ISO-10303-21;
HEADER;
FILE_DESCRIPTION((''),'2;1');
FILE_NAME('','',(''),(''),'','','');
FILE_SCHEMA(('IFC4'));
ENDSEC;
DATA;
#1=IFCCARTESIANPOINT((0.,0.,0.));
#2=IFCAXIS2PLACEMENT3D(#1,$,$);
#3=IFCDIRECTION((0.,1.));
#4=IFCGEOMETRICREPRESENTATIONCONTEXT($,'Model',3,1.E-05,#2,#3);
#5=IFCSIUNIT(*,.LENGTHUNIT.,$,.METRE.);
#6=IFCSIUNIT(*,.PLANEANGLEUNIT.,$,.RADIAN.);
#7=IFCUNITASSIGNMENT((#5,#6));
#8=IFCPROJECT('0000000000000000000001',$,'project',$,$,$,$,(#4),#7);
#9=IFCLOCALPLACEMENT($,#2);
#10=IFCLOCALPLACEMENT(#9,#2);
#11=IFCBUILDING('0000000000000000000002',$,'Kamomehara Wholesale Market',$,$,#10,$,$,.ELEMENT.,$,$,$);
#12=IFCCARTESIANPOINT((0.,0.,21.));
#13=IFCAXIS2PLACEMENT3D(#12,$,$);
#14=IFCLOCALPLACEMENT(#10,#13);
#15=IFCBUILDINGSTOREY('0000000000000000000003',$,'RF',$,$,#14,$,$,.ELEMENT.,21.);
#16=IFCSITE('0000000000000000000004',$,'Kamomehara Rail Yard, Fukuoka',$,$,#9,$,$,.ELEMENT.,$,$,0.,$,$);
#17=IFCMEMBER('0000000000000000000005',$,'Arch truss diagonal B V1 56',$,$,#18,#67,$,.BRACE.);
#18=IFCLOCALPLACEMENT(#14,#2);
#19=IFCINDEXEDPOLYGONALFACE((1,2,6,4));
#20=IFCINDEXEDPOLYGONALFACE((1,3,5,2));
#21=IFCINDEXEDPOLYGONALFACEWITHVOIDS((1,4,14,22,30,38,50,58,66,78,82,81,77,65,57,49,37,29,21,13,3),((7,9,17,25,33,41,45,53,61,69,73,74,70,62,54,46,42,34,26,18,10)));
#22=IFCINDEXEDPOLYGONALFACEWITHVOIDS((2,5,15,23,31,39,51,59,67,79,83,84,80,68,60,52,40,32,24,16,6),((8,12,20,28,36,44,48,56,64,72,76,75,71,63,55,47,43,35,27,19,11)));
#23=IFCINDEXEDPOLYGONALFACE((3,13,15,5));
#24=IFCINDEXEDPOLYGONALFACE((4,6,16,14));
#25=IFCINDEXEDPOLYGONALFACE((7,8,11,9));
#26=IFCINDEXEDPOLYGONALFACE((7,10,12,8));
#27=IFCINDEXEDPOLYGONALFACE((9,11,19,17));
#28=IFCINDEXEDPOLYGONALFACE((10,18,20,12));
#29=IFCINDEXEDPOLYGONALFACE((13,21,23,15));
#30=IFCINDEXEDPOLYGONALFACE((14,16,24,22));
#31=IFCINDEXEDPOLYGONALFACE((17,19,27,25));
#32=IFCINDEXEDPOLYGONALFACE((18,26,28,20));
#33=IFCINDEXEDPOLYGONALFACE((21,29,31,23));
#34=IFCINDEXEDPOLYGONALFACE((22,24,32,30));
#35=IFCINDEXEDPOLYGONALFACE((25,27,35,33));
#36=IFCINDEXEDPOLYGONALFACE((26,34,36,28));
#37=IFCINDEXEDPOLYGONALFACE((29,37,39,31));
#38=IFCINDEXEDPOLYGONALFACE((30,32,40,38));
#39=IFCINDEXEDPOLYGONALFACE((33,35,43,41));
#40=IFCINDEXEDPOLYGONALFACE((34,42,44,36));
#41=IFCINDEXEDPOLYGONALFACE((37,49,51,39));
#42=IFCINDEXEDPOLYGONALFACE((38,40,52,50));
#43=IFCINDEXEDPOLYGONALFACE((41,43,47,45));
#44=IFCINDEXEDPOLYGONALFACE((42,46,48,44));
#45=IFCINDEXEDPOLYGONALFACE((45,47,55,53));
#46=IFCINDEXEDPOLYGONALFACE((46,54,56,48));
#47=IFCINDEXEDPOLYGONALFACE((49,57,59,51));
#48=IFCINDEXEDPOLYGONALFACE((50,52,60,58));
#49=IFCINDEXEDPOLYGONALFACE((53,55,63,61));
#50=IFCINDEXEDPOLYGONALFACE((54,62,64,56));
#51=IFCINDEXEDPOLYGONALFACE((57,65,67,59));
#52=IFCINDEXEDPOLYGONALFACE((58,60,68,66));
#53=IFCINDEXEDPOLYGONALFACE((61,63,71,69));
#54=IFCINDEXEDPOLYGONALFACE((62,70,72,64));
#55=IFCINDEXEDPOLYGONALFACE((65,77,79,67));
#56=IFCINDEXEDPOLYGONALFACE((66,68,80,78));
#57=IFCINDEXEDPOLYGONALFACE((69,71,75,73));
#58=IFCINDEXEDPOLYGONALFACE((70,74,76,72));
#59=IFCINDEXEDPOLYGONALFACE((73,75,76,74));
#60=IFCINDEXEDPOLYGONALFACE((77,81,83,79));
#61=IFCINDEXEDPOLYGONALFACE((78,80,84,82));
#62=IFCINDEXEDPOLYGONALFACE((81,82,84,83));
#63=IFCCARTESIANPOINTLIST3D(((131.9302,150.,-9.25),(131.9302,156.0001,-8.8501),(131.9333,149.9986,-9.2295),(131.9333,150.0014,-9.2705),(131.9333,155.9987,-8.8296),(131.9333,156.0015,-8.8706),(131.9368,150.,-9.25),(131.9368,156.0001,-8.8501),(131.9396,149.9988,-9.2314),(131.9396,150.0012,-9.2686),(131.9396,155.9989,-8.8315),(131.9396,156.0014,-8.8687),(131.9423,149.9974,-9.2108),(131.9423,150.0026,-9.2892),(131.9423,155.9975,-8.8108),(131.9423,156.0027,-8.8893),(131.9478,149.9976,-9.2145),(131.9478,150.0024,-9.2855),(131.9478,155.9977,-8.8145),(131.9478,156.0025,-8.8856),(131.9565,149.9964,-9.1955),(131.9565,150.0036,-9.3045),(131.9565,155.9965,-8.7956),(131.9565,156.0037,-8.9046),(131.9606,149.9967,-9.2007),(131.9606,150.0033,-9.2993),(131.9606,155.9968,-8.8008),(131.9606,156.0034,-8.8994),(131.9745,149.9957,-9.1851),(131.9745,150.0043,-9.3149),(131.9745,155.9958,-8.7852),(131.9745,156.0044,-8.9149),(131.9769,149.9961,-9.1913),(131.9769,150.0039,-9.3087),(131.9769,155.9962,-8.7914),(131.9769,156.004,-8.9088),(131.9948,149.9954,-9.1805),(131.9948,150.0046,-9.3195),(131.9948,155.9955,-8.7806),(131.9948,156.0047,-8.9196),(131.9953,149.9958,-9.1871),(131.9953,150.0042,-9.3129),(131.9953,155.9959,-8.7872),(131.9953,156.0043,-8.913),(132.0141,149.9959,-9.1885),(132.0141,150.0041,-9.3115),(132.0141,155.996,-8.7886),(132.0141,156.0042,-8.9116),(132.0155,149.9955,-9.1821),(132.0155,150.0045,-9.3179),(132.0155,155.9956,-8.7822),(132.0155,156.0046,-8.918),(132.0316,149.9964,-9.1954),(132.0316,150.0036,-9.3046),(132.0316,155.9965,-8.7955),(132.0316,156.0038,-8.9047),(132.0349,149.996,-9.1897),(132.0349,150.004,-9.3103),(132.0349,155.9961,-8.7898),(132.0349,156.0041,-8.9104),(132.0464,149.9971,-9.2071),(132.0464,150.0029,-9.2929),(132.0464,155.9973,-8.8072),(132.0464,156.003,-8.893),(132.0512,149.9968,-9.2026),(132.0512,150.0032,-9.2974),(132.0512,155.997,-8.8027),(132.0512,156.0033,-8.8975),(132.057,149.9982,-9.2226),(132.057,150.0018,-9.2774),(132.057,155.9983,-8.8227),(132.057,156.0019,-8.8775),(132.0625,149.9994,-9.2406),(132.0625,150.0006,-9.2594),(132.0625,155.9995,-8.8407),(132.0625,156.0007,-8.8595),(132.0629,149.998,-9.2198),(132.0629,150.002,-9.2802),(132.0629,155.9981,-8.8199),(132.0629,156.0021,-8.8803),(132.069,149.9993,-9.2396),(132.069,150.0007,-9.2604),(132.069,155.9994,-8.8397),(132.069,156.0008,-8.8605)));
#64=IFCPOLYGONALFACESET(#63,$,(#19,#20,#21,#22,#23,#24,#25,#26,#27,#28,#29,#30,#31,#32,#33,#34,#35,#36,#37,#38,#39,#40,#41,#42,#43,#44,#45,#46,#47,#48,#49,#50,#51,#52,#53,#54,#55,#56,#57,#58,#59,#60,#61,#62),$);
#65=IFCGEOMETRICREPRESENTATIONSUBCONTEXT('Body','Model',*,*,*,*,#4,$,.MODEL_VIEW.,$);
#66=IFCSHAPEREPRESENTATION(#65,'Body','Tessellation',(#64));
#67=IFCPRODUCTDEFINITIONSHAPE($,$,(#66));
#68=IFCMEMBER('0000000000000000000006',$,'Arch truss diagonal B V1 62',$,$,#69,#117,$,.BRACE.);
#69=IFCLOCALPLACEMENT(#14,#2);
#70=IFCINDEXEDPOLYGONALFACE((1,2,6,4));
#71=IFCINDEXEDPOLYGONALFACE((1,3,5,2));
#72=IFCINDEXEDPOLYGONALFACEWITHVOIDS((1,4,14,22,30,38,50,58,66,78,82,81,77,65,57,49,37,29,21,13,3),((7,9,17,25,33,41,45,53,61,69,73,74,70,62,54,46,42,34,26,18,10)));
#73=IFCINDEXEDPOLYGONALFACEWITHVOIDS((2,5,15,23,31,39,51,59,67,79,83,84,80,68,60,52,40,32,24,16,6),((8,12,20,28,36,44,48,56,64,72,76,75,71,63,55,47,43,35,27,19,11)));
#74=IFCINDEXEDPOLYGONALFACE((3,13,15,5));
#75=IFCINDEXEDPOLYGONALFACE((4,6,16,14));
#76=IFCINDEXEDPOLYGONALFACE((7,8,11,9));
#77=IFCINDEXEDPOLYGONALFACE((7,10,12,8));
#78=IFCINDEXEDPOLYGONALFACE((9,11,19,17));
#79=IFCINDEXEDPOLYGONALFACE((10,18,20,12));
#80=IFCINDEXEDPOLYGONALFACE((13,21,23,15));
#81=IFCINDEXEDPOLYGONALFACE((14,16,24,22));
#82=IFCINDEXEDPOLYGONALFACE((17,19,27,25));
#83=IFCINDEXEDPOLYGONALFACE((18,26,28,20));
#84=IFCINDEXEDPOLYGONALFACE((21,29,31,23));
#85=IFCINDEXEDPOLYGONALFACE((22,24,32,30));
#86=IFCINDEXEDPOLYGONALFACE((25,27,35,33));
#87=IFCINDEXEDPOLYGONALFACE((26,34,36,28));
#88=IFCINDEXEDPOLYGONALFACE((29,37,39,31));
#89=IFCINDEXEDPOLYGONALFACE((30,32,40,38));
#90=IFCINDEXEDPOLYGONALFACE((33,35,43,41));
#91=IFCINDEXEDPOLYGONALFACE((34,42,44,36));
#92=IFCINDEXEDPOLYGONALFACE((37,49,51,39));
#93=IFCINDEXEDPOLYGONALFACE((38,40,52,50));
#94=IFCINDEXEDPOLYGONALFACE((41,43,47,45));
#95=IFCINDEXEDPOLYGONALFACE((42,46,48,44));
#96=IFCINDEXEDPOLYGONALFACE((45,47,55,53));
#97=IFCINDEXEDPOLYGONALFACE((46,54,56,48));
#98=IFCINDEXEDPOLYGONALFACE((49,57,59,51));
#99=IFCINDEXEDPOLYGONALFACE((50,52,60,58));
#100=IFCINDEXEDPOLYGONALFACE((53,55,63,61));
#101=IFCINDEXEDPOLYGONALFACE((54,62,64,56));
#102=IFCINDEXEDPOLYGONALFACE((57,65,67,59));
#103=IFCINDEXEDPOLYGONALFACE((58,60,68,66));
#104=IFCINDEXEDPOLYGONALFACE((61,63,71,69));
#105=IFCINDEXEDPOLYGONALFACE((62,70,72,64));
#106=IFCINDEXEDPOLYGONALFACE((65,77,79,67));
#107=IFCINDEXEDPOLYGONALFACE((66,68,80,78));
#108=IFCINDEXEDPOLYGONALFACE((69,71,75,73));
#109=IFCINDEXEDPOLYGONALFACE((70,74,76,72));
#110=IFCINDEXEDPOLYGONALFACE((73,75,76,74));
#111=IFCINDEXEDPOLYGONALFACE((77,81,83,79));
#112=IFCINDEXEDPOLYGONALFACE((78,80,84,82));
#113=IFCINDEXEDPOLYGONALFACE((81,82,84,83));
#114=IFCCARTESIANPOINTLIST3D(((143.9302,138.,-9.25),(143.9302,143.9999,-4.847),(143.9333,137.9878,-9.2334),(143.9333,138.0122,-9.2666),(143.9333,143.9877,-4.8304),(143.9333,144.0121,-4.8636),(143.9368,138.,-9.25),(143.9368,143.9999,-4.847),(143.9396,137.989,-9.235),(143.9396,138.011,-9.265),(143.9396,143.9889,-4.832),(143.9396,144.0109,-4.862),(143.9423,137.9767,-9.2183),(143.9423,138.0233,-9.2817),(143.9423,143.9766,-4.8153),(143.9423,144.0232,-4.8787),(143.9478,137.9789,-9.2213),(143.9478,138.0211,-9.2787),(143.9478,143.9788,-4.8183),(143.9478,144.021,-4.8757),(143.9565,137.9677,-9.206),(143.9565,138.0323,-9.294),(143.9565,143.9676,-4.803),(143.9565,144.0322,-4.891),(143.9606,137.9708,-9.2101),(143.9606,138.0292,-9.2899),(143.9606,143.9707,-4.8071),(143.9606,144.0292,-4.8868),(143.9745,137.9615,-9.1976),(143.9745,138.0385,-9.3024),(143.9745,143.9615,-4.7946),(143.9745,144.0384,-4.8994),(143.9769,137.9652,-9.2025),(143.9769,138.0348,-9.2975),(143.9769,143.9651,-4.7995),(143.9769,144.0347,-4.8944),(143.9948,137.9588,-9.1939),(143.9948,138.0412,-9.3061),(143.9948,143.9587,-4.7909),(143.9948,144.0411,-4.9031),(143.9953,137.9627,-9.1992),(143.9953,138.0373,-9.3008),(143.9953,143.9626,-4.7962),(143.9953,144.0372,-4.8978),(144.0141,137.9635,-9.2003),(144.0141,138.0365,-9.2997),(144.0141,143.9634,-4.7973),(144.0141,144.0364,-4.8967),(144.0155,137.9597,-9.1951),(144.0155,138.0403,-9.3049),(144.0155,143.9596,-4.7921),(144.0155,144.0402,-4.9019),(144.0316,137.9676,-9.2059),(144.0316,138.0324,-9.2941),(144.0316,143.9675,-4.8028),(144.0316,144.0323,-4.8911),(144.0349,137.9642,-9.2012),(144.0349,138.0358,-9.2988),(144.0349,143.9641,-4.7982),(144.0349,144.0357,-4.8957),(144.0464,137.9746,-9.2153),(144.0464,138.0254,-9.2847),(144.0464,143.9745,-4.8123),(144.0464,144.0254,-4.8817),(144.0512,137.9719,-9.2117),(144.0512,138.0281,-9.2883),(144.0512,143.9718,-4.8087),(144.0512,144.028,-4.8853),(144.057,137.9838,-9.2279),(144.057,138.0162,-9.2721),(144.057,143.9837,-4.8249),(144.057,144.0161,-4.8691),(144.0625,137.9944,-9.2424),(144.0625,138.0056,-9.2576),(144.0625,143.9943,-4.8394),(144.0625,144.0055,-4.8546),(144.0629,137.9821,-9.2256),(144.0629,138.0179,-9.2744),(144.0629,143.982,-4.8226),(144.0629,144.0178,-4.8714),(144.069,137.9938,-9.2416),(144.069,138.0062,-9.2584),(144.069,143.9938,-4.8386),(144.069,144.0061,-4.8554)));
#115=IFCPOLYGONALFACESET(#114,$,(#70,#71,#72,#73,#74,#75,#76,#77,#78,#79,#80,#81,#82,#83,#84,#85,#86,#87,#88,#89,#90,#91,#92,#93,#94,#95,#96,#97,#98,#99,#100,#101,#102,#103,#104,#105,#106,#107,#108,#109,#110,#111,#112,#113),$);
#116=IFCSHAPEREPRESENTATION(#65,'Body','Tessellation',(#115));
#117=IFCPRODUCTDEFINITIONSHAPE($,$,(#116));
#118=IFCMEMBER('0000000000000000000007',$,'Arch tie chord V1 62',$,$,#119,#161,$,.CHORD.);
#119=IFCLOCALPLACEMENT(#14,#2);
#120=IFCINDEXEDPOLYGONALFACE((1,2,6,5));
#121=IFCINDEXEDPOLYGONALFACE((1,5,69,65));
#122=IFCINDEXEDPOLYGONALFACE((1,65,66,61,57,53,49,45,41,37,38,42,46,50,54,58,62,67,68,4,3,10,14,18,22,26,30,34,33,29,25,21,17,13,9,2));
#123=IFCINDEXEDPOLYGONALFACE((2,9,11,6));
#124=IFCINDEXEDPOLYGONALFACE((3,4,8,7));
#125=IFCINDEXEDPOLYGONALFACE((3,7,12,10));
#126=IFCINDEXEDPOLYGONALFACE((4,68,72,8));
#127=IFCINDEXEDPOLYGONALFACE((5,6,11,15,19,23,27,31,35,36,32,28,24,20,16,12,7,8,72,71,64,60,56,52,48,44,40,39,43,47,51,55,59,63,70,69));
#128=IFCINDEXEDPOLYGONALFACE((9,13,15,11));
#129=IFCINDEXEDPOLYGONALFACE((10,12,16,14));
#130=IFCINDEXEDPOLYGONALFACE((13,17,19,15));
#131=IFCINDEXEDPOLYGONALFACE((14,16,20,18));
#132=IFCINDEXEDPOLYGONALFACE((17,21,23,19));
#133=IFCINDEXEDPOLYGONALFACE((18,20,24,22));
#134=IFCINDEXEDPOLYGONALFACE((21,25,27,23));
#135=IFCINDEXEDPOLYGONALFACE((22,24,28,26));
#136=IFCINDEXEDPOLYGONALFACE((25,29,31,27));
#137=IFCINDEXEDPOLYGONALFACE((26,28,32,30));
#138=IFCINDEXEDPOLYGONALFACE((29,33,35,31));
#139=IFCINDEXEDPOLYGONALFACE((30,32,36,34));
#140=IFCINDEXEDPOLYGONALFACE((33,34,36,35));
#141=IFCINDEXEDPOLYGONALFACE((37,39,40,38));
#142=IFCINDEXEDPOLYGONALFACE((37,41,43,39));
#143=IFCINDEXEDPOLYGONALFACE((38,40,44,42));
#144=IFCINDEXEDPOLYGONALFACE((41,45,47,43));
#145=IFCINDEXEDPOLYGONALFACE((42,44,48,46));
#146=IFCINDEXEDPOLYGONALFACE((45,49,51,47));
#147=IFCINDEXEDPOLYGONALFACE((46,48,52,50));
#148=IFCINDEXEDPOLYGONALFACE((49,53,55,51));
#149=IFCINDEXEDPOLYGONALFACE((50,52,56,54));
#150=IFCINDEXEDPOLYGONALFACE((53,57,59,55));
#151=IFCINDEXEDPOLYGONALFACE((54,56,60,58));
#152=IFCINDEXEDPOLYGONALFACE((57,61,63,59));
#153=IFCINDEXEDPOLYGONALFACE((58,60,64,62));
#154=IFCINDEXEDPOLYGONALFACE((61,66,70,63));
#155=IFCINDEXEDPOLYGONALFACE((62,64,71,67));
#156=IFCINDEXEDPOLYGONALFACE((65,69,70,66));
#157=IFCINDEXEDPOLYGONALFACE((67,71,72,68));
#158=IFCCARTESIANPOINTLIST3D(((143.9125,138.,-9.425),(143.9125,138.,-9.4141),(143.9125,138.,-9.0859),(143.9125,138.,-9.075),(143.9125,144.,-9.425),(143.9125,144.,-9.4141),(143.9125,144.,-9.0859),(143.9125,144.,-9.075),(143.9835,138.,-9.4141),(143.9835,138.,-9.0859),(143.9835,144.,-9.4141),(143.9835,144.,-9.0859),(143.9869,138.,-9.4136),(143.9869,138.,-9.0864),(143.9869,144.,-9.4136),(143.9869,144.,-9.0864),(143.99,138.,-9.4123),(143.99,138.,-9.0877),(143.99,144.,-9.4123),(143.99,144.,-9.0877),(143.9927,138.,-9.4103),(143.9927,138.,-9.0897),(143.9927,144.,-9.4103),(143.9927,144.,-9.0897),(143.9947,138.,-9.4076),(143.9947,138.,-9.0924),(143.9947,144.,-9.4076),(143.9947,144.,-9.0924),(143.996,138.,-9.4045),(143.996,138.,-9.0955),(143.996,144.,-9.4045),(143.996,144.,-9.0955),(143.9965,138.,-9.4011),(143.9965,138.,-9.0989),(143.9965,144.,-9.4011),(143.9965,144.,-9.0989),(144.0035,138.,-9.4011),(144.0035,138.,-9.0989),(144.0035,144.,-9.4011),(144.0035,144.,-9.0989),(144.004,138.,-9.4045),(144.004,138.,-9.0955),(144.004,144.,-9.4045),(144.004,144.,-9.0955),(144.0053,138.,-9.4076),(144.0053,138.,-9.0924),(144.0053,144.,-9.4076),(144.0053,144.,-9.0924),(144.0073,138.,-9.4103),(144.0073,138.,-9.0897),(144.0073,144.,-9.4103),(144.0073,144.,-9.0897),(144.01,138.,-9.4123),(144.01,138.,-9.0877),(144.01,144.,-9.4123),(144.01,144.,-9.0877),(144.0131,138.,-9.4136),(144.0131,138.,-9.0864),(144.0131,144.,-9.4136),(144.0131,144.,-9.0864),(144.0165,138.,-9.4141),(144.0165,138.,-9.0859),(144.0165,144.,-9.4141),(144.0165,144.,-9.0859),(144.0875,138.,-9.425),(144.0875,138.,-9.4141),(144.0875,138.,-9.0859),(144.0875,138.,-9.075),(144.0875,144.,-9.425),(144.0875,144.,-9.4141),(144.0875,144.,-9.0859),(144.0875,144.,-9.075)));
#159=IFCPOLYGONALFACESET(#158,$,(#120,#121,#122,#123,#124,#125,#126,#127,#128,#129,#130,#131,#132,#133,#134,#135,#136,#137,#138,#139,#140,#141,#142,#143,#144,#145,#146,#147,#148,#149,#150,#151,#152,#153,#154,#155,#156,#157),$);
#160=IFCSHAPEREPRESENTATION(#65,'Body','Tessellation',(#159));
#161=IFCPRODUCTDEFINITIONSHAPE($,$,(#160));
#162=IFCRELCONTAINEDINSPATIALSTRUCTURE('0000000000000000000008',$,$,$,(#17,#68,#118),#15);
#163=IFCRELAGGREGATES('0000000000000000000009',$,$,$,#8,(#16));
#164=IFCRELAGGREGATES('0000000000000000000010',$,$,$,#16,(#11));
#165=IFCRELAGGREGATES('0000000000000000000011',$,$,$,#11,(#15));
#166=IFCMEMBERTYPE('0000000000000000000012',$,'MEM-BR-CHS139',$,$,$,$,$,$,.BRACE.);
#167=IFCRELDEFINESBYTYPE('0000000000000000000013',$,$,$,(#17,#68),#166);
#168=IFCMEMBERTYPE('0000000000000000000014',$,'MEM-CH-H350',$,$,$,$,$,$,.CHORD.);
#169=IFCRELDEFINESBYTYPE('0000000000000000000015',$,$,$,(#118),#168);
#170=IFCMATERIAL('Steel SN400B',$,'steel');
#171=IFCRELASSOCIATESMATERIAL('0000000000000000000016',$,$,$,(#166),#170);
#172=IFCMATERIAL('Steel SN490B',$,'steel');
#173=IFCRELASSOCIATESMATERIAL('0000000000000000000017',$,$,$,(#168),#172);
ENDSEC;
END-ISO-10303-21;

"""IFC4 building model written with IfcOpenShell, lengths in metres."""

from ifc_helpers import new_model, si_unit, direction, frame, origin, origin_2d, place, context, subcontext, project, spatial, hollow_circle, i_section, extrude, material, material_profile, profile_set, type_object, element, save


model = new_model("IFC4")

# Units and contexts
model_context = context("Model", 3, precision=1e-05, world=origin(), true_north=direction((0.0, 1.0)))
body_context = subcontext(model_context, "Body", "Model", "MODEL_VIEW")
ifc_project = project(units=[si_unit("LENGTHUNIT", "METRE"), si_unit("PLANEANGLEUNIT", "RADIAN")], contexts=[model_context])

# Site, building, storey
site_placement = place(None, origin())
site = spatial("IfcSite", under=ifc_project, at=site_placement, Name="Kamomehara Rail Yard, Fukuoka", CompositionType="ELEMENT", RefElevation=0.0)
building_placement = place(site_placement, origin())
building = spatial("IfcBuilding", under=site, at=building_placement, Name="Kamomehara Wholesale Market", CompositionType="ELEMENT")
storey_placement = place(building_placement, frame((0.0, 0.0, 21.0)))
storey = spatial("IfcBuildingStorey", under=building, at=storey_placement, Name="RF", CompositionType="ELEMENT", Elevation=21.0)

# Members
ifc_material_1 = material(Name="Steel SN400B", Category="steel")
ifc_material_profile_1 = material_profile(ifc_material_1, hollow_circle(Radius=0.0698, WallThickness=0.0066, at=origin_2d()), Name="CHS-139.8x6.6")
ifc_profile_set_1 = profile_set([ifc_material_profile_1], Name="Steel SN400B")
member_type_1 = type_object("IfcMemberType", Name="MEM-BR-CHS139", PredefinedType="BRACE", material=ifc_profile_set_1)
member_1_placement = place(storey_placement, frame((132.0, 150.0, -9.25), z_axis=(0.0, 0.997786, 0.066503), x_axis=(-1.0, 0.0, 0.0)))
element("IfcMember", 1, at=member_1_placement, inside=storey, type_object=member_type_1, Name="Arch truss diagonal B V1 56", PredefinedType="BRACE", context=body_context, shape_type="SweptSolid", body=[
    extrude(hollow_circle(Radius=0.0698, WallThickness=0.0066, at=origin_2d()), origin(), (0.0, 0.0, 1.0), 6.0134),
])
member_2_placement = place(storey_placement, frame((144.0, 138.0, -9.25), z_axis=(0.0, 0.806208, 0.591632), x_axis=(-1.0, 0.0, 0.0)))
element("IfcMember", 2, at=member_2_placement, inside=storey, type_object=member_type_1, Name="Arch truss diagonal B V1 62", PredefinedType="BRACE", context=body_context, shape_type="SweptSolid", body=[
    extrude(hollow_circle(Radius=0.0698, WallThickness=0.0066, at=origin_2d()), origin(), (0.0, 0.0, 1.0), 7.4421),
])
ifc_material_2 = material(Name="Steel SN490B", Category="steel")
ifc_material_profile_2 = material_profile(ifc_material_2, i_section(OverallWidth=0.175, OverallDepth=0.3501, WebThickness=0.0071, FlangeThickness=0.011, FilletRadius=0.0129, at=origin_2d()), Name="H-350x175x7x11")
ifc_profile_set_2 = profile_set([ifc_material_profile_2], Name="Steel SN490B")
member_type_2 = type_object("IfcMemberType", Name="MEM-CH-H350", PredefinedType="CHORD", material=ifc_profile_set_2)
for number, where, z_axis, x_axis, name in (
    (3, (144.0, 138.0, -9.25), (0.0, 1.0, 0.0), (-1.0, 0.0, 0.0), "Arch tie chord V1 62"),
):
    element("IfcMember", number, at=place(storey_placement, frame(where, z_axis=z_axis, x_axis=x_axis)), inside=storey, type_object=member_type_2, Name=name, PredefinedType="CHORD", context=body_context, shape_type="SweptSolid", body=[
        extrude(i_section(OverallWidth=0.175, OverallDepth=0.3501, WebThickness=0.0071, FlangeThickness=0.011, FilletRadius=0.0129, at=origin_2d()), origin(), (0.0, 0.0, 1.0), 6.0),
    ])

save(model, "model.ifc")
